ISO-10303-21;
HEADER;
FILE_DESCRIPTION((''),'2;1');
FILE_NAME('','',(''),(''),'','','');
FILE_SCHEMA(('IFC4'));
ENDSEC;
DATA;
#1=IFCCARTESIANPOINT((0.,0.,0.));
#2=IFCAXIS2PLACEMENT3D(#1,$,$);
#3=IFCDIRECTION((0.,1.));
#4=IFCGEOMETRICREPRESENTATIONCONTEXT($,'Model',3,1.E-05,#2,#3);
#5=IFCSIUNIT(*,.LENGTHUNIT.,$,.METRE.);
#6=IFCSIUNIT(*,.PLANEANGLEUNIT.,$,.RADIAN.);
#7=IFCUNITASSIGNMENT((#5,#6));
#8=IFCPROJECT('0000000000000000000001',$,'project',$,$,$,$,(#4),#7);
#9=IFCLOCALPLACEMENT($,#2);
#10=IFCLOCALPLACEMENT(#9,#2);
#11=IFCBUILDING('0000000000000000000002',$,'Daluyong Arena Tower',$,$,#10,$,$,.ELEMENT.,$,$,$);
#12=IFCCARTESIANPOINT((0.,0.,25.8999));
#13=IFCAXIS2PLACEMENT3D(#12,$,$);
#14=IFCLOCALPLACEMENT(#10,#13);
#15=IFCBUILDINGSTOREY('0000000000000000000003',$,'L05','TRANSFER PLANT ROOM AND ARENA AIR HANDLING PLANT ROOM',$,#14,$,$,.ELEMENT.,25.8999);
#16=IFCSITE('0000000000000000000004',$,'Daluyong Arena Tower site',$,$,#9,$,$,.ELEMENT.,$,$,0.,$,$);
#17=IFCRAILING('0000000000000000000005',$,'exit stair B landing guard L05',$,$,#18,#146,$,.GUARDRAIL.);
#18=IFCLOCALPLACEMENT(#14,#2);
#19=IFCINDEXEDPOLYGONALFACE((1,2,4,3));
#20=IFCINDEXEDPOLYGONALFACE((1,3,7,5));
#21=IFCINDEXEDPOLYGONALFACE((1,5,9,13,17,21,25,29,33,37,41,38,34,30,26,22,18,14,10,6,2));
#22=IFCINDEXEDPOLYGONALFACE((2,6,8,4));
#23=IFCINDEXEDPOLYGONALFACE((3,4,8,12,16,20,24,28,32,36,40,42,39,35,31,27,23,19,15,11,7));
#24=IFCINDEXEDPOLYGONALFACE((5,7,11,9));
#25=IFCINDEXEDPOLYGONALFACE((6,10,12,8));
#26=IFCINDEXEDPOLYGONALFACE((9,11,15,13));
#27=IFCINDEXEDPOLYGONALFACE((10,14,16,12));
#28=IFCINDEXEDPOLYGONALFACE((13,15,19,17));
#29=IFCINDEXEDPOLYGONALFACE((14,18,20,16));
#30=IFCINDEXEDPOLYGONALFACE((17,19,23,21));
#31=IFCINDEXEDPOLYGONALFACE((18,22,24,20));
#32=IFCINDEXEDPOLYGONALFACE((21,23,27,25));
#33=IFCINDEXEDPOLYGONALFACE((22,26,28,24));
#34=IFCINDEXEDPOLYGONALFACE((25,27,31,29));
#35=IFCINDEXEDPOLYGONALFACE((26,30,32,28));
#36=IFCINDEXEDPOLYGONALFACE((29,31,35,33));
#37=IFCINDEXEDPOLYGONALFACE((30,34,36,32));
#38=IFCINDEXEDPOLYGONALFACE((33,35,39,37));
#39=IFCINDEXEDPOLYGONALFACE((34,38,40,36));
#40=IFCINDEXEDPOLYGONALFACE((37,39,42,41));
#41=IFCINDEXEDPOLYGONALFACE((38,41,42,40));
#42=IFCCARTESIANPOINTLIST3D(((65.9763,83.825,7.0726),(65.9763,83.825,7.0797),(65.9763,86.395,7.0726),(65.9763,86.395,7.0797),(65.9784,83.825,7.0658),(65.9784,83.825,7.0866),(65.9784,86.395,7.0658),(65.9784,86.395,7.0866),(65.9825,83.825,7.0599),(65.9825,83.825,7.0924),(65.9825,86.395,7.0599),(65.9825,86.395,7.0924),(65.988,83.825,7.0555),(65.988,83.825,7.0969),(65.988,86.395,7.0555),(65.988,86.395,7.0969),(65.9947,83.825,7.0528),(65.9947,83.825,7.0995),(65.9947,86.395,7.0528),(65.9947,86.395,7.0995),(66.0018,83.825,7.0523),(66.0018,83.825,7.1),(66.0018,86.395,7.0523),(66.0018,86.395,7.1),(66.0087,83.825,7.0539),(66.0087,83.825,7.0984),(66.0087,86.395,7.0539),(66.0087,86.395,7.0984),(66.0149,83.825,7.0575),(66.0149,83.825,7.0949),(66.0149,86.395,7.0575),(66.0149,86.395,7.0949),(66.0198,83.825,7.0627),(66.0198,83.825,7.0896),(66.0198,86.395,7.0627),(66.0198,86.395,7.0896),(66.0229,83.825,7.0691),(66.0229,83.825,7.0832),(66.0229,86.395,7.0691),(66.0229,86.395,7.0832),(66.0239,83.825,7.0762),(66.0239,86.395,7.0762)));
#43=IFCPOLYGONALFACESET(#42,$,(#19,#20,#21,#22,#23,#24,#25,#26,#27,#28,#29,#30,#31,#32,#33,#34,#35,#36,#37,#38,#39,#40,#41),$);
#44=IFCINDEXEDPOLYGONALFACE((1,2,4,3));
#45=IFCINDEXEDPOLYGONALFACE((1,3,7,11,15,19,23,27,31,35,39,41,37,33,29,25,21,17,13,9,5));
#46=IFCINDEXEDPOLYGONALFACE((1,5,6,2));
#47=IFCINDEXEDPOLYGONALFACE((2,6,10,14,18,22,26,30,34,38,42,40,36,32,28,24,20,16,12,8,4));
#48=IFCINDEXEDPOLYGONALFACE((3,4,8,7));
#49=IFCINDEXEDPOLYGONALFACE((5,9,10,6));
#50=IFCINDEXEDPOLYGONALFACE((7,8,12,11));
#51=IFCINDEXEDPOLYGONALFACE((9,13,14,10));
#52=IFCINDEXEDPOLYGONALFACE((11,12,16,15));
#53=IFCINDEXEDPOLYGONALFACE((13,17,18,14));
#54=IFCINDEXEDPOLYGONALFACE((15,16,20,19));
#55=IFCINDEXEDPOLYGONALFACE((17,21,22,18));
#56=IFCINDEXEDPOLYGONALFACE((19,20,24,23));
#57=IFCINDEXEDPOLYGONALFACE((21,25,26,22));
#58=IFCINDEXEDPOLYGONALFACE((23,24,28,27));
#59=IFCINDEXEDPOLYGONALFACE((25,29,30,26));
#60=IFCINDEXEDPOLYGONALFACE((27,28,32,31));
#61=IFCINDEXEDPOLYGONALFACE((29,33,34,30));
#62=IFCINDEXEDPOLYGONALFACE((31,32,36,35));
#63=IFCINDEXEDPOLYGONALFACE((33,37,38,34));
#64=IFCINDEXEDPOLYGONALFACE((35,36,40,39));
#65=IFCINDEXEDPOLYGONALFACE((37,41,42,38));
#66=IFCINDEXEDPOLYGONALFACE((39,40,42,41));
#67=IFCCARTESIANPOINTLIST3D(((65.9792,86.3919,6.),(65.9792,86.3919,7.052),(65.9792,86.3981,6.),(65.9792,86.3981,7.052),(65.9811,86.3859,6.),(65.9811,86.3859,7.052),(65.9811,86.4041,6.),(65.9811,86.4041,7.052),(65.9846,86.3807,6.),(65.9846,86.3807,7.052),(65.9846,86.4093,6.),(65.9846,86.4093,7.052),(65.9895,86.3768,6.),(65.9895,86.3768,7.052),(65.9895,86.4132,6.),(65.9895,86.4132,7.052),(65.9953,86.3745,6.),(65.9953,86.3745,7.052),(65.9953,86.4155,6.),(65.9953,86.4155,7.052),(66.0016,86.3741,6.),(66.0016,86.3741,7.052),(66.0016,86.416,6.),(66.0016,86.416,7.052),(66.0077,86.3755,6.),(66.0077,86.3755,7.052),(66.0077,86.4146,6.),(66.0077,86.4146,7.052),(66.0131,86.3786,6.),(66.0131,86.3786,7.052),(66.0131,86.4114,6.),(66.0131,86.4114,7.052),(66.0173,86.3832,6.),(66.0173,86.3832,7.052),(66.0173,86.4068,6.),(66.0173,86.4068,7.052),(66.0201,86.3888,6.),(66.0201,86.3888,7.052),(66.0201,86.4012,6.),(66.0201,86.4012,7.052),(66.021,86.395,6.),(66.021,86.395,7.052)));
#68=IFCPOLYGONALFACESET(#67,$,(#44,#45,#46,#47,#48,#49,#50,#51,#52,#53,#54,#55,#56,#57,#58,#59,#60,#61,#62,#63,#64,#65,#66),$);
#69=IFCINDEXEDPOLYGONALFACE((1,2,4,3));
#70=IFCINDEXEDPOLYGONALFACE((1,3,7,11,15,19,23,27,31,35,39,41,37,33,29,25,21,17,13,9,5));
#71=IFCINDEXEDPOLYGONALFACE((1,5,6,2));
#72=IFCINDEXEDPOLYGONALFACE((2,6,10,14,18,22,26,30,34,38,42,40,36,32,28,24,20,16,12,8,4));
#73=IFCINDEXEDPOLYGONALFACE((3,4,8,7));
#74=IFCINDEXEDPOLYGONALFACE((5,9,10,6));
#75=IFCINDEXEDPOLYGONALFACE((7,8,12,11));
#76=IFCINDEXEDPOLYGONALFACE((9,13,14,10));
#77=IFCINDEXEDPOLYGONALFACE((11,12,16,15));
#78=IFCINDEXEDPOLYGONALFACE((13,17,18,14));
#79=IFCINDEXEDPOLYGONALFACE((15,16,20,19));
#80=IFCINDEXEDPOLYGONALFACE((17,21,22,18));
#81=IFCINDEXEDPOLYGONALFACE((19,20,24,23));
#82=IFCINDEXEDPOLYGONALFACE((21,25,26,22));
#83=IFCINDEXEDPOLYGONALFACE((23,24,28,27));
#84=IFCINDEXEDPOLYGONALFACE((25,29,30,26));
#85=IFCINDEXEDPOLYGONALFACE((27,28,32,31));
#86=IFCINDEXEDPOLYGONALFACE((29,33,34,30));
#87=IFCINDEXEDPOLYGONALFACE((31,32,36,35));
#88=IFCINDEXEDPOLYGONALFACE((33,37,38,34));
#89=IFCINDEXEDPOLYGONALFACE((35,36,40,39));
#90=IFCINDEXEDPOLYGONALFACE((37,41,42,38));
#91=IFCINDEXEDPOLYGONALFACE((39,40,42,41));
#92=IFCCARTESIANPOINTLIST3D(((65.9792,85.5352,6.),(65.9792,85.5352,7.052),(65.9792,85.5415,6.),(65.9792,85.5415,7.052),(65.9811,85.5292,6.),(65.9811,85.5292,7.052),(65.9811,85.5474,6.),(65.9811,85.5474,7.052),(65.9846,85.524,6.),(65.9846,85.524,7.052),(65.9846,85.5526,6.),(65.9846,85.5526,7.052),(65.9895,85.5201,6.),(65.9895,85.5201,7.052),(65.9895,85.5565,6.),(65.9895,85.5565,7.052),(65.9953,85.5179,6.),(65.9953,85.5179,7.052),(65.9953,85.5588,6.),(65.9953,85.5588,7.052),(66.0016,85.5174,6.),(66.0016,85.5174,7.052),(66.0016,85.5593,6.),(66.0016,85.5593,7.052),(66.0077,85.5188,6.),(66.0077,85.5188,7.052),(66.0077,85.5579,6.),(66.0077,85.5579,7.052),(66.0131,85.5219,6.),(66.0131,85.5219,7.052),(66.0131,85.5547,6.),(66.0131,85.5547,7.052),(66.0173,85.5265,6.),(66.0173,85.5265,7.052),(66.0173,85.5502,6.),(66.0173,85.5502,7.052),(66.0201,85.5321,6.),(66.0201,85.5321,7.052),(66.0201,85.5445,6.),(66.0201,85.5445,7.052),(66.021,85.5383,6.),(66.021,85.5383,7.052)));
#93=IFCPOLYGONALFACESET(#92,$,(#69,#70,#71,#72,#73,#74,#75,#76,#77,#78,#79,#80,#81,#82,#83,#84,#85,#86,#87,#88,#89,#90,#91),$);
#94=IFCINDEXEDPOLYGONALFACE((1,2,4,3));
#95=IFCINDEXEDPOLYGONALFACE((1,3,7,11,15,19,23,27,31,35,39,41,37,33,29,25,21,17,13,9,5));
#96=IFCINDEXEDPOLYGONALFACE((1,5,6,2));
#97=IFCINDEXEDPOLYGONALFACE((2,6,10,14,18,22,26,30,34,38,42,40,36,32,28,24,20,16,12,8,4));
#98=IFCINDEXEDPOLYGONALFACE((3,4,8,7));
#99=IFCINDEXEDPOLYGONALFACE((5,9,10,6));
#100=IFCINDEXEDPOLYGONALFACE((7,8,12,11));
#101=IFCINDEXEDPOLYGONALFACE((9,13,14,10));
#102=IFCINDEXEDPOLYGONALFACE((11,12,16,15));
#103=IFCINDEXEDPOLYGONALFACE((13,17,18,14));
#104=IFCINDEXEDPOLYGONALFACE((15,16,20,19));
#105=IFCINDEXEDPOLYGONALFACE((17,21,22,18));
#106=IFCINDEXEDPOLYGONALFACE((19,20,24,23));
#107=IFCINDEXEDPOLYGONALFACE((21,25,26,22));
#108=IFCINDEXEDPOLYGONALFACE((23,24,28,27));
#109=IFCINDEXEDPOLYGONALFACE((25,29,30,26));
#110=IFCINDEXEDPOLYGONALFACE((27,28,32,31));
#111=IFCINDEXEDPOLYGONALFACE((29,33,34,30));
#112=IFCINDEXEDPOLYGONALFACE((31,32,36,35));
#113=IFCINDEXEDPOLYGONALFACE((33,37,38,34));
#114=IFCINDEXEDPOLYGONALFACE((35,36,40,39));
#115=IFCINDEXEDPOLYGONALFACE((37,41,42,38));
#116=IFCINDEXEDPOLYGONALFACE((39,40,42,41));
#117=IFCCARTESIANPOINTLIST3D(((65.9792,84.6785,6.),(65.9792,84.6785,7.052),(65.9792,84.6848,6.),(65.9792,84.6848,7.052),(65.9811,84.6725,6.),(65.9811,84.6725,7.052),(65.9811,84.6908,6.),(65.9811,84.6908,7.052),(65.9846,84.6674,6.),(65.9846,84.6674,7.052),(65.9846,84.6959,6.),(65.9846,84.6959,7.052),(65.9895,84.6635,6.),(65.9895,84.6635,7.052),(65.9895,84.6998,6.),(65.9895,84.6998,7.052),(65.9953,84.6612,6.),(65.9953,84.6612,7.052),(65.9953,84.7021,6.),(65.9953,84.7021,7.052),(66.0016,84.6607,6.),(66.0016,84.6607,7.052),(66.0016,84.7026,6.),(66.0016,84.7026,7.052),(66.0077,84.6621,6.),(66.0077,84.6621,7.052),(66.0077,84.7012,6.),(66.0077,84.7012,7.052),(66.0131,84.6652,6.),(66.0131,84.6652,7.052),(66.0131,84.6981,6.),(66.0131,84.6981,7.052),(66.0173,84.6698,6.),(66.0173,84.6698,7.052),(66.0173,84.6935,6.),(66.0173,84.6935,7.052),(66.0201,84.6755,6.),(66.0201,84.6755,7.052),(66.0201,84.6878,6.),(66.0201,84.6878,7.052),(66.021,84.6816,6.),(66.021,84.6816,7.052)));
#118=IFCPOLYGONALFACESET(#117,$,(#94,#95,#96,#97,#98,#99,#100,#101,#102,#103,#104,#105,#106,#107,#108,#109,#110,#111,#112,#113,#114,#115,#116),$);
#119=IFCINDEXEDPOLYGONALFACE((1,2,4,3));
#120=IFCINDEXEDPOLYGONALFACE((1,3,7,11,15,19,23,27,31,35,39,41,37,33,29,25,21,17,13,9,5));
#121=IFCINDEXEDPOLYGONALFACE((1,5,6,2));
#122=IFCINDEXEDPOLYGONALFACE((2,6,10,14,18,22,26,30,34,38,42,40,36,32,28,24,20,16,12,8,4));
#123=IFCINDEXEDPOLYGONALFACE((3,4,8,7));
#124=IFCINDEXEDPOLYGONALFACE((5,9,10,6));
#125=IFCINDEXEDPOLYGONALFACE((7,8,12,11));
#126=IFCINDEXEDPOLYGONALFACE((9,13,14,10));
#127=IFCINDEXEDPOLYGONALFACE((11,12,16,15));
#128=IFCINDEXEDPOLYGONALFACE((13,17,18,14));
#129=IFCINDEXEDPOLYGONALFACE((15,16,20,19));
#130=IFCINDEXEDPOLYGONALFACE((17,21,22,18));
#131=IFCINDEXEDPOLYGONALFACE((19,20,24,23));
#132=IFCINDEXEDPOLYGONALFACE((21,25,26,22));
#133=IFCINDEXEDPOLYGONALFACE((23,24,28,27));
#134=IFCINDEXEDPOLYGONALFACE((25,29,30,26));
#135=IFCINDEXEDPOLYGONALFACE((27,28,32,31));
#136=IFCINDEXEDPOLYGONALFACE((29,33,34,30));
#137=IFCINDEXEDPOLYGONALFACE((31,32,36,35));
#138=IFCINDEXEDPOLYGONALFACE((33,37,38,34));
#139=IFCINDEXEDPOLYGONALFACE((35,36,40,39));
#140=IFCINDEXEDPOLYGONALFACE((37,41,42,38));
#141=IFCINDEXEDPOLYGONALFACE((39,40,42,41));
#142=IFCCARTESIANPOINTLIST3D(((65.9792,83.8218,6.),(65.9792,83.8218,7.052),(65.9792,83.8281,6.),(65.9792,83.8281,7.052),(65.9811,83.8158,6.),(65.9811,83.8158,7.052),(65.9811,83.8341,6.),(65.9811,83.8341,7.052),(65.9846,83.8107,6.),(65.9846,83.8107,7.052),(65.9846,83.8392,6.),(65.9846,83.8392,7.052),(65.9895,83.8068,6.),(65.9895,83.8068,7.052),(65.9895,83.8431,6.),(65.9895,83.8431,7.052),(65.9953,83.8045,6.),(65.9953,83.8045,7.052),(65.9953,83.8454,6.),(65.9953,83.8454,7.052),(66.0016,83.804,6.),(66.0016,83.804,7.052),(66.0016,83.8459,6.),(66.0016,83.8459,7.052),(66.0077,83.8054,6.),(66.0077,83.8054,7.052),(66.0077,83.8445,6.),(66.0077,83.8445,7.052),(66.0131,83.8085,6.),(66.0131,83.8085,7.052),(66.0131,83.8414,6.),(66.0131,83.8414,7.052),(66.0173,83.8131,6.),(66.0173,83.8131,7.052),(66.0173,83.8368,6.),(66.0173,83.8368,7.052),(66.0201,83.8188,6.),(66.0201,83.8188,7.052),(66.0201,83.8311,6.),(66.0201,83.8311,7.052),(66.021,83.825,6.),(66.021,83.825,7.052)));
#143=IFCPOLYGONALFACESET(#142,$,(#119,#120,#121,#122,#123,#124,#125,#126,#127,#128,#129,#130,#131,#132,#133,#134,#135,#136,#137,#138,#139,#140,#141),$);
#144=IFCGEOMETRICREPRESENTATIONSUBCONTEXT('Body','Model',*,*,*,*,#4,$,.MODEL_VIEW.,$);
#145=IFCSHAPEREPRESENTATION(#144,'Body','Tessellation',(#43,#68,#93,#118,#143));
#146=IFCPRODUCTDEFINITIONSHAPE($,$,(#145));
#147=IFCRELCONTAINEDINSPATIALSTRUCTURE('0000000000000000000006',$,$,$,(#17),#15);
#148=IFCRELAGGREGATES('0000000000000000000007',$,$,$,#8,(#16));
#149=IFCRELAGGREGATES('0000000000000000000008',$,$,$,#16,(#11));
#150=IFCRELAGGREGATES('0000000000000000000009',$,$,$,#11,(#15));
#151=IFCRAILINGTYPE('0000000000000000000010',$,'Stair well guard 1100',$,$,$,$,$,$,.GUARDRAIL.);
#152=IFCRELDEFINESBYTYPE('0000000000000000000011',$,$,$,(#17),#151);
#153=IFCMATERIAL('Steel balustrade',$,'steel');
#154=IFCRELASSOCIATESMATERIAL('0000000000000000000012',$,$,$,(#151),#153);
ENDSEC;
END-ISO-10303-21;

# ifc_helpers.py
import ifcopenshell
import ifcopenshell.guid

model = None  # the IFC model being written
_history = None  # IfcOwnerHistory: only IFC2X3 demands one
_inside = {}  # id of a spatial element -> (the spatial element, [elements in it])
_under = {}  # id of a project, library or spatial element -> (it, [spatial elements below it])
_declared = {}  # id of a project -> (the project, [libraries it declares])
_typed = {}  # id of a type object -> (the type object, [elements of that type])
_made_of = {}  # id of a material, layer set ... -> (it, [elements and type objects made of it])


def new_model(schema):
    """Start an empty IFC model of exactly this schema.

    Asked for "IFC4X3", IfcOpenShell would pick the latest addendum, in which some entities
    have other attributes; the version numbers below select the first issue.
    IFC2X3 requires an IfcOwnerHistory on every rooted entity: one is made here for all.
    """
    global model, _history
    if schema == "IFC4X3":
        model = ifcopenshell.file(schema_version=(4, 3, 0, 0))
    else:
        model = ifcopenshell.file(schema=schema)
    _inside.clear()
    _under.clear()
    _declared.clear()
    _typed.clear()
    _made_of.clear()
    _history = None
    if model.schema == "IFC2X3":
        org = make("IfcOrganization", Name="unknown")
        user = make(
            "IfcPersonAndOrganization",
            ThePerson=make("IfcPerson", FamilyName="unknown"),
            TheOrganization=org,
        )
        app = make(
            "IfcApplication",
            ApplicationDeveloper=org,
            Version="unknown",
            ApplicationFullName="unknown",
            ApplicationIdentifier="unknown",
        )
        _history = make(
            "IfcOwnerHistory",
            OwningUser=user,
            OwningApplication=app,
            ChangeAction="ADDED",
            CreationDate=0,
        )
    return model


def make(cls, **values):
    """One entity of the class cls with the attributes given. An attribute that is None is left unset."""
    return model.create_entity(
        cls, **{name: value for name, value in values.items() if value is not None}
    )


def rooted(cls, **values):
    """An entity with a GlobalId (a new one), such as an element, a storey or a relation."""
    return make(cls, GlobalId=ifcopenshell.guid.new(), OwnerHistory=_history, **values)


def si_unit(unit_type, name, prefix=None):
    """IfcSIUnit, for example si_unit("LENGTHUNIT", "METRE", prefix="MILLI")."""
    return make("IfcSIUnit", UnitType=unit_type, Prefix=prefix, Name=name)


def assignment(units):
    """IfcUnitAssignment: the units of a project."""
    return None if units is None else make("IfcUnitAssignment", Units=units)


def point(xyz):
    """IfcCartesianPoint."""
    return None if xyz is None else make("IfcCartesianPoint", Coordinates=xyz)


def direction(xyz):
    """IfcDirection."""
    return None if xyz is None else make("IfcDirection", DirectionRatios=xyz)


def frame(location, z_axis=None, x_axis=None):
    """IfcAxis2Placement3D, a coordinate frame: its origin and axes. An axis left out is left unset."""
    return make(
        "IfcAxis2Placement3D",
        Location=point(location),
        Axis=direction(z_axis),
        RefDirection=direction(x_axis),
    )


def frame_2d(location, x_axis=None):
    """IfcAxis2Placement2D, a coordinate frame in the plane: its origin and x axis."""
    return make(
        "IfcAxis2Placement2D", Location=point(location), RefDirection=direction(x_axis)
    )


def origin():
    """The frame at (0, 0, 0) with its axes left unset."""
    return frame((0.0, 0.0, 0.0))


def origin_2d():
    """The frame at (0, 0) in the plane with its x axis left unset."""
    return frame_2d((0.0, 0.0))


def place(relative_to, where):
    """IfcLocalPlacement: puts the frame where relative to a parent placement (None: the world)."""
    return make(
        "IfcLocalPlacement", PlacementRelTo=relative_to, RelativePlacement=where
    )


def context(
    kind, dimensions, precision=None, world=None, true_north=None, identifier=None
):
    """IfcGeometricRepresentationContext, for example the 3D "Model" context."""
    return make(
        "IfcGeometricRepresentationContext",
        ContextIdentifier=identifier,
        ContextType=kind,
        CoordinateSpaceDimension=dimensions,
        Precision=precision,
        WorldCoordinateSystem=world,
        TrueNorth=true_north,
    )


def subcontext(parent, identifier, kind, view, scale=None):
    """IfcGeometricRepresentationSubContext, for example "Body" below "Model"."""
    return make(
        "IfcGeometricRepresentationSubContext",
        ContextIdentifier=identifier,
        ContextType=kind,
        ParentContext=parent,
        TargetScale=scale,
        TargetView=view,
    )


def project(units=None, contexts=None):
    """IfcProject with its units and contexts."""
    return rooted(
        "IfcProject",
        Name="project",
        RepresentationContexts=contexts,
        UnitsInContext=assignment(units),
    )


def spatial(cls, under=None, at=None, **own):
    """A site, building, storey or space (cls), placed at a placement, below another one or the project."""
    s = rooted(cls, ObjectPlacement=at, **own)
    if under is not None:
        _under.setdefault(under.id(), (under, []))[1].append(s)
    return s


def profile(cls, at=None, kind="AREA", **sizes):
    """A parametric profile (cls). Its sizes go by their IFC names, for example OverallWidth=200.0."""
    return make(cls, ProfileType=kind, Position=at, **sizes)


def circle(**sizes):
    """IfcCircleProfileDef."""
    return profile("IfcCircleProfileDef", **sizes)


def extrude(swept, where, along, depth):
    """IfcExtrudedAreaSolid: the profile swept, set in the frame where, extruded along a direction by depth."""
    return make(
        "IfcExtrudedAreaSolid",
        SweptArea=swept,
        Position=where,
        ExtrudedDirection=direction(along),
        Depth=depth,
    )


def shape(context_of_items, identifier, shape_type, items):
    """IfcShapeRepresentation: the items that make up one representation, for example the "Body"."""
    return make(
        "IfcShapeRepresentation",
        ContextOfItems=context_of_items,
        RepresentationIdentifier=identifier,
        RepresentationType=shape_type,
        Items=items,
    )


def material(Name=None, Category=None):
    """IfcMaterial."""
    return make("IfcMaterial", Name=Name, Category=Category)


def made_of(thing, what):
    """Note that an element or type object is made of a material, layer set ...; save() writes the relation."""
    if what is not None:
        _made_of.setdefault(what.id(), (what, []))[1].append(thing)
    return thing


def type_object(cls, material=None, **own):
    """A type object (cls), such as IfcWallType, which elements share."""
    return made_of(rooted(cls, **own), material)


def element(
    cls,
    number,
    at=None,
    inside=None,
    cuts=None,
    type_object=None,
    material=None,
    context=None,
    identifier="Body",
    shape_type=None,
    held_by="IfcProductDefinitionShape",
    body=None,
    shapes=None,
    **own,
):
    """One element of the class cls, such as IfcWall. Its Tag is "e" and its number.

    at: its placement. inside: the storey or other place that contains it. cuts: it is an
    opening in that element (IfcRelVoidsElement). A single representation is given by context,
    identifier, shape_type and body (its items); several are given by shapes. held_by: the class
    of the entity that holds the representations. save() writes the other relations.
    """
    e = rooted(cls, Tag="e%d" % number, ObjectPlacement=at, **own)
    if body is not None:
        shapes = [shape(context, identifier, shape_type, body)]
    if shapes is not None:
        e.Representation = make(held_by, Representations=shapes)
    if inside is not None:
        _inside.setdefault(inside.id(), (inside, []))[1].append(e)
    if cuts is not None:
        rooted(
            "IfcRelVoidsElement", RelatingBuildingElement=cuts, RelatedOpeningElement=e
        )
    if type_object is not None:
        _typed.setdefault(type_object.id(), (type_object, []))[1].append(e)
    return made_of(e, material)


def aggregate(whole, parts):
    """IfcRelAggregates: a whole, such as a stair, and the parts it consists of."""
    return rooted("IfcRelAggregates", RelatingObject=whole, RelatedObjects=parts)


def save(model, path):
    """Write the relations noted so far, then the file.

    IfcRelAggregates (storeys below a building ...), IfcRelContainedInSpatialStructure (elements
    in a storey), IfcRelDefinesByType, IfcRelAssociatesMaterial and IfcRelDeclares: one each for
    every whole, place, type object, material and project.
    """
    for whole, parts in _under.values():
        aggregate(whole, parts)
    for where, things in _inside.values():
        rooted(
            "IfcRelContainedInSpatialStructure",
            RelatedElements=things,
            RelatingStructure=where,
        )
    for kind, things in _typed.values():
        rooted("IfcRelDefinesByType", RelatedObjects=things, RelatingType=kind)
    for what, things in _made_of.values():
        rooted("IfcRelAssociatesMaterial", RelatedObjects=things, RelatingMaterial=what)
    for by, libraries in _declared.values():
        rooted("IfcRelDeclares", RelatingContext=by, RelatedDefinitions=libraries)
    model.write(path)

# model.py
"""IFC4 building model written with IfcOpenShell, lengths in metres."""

from ifc_helpers import new_model, si_unit, direction, frame, origin, origin_2d, place, context, subcontext, project, spatial, circle, extrude, material, type_object, element, save


model = new_model("IFC4")

# Units and contexts
model_context = context("Model", 3, precision=1e-05, world=origin(), true_north=direction((0.0, 1.0)))
body_context = subcontext(model_context, "Body", "Model", "MODEL_VIEW")
ifc_project = project(units=[si_unit("LENGTHUNIT", "METRE"), si_unit("PLANEANGLEUNIT", "RADIAN")], contexts=[model_context])

# Site, building, storey
site_placement = place(None, origin())
site = spatial("IfcSite", under=ifc_project, at=site_placement, Name="Daluyong Arena Tower site", CompositionType="ELEMENT", RefElevation=0.0)
building_placement = place(site_placement, origin())
building = spatial("IfcBuilding", under=site, at=building_placement, Name="Daluyong Arena Tower", CompositionType="ELEMENT")
storey_placement = place(building_placement, frame((0.0, 0.0, 25.8999)))
storey = spatial("IfcBuildingStorey", under=building, at=storey_placement, Name="L05", Description="TRANSFER PLANT ROOM AND ARENA AIR HANDLING PLANT ROOM", CompositionType="ELEMENT", Elevation=25.8999)

# Railing
ifc_material_1 = material(Name="Steel balustrade", Category="steel")
railing_type_1 = type_object("IfcRailingType", Name="Stair well guard 1100", PredefinedType="GUARDRAIL", material=ifc_material_1)
for number, where, name in (
    (1, (66.0, 86.395, 6.0), "exit stair B landing guard L05"),
):
    element("IfcRailing", number, at=place(storey_placement, frame(where)), inside=storey, type_object=railing_type_1, Name=name, PredefinedType="GUARDRAIL", context=body_context, shape_type="SweptSolid", body=[
        extrude(circle(Radius=0.0239, at=origin_2d()), frame((0.0, 0.0, 1.0762), z_axis=(0.0, -1.0, 0.0), x_axis=(1.0, 0.0, 0.0)), (0.0, 0.0, 1.0), 2.5701),
        extrude(circle(Radius=0.021, at=origin_2d()), origin(), (0.0, 0.0, 1.0), 1.052),
        extrude(circle(Radius=0.021, at=origin_2d()), frame((0.0, -0.8567, 0.0)), (0.0, 0.0, 1.0), 1.052),
        extrude(circle(Radius=0.021, at=origin_2d()), frame((0.0, -1.7134, 0.0)), (0.0, 0.0, 1.0), 1.052),
        extrude(circle(Radius=0.021, at=origin_2d()), frame((0.0, -2.5701, 0.0)), (0.0, 0.0, 1.0), 1.052),
    ])

save(model, "model.ifc")
